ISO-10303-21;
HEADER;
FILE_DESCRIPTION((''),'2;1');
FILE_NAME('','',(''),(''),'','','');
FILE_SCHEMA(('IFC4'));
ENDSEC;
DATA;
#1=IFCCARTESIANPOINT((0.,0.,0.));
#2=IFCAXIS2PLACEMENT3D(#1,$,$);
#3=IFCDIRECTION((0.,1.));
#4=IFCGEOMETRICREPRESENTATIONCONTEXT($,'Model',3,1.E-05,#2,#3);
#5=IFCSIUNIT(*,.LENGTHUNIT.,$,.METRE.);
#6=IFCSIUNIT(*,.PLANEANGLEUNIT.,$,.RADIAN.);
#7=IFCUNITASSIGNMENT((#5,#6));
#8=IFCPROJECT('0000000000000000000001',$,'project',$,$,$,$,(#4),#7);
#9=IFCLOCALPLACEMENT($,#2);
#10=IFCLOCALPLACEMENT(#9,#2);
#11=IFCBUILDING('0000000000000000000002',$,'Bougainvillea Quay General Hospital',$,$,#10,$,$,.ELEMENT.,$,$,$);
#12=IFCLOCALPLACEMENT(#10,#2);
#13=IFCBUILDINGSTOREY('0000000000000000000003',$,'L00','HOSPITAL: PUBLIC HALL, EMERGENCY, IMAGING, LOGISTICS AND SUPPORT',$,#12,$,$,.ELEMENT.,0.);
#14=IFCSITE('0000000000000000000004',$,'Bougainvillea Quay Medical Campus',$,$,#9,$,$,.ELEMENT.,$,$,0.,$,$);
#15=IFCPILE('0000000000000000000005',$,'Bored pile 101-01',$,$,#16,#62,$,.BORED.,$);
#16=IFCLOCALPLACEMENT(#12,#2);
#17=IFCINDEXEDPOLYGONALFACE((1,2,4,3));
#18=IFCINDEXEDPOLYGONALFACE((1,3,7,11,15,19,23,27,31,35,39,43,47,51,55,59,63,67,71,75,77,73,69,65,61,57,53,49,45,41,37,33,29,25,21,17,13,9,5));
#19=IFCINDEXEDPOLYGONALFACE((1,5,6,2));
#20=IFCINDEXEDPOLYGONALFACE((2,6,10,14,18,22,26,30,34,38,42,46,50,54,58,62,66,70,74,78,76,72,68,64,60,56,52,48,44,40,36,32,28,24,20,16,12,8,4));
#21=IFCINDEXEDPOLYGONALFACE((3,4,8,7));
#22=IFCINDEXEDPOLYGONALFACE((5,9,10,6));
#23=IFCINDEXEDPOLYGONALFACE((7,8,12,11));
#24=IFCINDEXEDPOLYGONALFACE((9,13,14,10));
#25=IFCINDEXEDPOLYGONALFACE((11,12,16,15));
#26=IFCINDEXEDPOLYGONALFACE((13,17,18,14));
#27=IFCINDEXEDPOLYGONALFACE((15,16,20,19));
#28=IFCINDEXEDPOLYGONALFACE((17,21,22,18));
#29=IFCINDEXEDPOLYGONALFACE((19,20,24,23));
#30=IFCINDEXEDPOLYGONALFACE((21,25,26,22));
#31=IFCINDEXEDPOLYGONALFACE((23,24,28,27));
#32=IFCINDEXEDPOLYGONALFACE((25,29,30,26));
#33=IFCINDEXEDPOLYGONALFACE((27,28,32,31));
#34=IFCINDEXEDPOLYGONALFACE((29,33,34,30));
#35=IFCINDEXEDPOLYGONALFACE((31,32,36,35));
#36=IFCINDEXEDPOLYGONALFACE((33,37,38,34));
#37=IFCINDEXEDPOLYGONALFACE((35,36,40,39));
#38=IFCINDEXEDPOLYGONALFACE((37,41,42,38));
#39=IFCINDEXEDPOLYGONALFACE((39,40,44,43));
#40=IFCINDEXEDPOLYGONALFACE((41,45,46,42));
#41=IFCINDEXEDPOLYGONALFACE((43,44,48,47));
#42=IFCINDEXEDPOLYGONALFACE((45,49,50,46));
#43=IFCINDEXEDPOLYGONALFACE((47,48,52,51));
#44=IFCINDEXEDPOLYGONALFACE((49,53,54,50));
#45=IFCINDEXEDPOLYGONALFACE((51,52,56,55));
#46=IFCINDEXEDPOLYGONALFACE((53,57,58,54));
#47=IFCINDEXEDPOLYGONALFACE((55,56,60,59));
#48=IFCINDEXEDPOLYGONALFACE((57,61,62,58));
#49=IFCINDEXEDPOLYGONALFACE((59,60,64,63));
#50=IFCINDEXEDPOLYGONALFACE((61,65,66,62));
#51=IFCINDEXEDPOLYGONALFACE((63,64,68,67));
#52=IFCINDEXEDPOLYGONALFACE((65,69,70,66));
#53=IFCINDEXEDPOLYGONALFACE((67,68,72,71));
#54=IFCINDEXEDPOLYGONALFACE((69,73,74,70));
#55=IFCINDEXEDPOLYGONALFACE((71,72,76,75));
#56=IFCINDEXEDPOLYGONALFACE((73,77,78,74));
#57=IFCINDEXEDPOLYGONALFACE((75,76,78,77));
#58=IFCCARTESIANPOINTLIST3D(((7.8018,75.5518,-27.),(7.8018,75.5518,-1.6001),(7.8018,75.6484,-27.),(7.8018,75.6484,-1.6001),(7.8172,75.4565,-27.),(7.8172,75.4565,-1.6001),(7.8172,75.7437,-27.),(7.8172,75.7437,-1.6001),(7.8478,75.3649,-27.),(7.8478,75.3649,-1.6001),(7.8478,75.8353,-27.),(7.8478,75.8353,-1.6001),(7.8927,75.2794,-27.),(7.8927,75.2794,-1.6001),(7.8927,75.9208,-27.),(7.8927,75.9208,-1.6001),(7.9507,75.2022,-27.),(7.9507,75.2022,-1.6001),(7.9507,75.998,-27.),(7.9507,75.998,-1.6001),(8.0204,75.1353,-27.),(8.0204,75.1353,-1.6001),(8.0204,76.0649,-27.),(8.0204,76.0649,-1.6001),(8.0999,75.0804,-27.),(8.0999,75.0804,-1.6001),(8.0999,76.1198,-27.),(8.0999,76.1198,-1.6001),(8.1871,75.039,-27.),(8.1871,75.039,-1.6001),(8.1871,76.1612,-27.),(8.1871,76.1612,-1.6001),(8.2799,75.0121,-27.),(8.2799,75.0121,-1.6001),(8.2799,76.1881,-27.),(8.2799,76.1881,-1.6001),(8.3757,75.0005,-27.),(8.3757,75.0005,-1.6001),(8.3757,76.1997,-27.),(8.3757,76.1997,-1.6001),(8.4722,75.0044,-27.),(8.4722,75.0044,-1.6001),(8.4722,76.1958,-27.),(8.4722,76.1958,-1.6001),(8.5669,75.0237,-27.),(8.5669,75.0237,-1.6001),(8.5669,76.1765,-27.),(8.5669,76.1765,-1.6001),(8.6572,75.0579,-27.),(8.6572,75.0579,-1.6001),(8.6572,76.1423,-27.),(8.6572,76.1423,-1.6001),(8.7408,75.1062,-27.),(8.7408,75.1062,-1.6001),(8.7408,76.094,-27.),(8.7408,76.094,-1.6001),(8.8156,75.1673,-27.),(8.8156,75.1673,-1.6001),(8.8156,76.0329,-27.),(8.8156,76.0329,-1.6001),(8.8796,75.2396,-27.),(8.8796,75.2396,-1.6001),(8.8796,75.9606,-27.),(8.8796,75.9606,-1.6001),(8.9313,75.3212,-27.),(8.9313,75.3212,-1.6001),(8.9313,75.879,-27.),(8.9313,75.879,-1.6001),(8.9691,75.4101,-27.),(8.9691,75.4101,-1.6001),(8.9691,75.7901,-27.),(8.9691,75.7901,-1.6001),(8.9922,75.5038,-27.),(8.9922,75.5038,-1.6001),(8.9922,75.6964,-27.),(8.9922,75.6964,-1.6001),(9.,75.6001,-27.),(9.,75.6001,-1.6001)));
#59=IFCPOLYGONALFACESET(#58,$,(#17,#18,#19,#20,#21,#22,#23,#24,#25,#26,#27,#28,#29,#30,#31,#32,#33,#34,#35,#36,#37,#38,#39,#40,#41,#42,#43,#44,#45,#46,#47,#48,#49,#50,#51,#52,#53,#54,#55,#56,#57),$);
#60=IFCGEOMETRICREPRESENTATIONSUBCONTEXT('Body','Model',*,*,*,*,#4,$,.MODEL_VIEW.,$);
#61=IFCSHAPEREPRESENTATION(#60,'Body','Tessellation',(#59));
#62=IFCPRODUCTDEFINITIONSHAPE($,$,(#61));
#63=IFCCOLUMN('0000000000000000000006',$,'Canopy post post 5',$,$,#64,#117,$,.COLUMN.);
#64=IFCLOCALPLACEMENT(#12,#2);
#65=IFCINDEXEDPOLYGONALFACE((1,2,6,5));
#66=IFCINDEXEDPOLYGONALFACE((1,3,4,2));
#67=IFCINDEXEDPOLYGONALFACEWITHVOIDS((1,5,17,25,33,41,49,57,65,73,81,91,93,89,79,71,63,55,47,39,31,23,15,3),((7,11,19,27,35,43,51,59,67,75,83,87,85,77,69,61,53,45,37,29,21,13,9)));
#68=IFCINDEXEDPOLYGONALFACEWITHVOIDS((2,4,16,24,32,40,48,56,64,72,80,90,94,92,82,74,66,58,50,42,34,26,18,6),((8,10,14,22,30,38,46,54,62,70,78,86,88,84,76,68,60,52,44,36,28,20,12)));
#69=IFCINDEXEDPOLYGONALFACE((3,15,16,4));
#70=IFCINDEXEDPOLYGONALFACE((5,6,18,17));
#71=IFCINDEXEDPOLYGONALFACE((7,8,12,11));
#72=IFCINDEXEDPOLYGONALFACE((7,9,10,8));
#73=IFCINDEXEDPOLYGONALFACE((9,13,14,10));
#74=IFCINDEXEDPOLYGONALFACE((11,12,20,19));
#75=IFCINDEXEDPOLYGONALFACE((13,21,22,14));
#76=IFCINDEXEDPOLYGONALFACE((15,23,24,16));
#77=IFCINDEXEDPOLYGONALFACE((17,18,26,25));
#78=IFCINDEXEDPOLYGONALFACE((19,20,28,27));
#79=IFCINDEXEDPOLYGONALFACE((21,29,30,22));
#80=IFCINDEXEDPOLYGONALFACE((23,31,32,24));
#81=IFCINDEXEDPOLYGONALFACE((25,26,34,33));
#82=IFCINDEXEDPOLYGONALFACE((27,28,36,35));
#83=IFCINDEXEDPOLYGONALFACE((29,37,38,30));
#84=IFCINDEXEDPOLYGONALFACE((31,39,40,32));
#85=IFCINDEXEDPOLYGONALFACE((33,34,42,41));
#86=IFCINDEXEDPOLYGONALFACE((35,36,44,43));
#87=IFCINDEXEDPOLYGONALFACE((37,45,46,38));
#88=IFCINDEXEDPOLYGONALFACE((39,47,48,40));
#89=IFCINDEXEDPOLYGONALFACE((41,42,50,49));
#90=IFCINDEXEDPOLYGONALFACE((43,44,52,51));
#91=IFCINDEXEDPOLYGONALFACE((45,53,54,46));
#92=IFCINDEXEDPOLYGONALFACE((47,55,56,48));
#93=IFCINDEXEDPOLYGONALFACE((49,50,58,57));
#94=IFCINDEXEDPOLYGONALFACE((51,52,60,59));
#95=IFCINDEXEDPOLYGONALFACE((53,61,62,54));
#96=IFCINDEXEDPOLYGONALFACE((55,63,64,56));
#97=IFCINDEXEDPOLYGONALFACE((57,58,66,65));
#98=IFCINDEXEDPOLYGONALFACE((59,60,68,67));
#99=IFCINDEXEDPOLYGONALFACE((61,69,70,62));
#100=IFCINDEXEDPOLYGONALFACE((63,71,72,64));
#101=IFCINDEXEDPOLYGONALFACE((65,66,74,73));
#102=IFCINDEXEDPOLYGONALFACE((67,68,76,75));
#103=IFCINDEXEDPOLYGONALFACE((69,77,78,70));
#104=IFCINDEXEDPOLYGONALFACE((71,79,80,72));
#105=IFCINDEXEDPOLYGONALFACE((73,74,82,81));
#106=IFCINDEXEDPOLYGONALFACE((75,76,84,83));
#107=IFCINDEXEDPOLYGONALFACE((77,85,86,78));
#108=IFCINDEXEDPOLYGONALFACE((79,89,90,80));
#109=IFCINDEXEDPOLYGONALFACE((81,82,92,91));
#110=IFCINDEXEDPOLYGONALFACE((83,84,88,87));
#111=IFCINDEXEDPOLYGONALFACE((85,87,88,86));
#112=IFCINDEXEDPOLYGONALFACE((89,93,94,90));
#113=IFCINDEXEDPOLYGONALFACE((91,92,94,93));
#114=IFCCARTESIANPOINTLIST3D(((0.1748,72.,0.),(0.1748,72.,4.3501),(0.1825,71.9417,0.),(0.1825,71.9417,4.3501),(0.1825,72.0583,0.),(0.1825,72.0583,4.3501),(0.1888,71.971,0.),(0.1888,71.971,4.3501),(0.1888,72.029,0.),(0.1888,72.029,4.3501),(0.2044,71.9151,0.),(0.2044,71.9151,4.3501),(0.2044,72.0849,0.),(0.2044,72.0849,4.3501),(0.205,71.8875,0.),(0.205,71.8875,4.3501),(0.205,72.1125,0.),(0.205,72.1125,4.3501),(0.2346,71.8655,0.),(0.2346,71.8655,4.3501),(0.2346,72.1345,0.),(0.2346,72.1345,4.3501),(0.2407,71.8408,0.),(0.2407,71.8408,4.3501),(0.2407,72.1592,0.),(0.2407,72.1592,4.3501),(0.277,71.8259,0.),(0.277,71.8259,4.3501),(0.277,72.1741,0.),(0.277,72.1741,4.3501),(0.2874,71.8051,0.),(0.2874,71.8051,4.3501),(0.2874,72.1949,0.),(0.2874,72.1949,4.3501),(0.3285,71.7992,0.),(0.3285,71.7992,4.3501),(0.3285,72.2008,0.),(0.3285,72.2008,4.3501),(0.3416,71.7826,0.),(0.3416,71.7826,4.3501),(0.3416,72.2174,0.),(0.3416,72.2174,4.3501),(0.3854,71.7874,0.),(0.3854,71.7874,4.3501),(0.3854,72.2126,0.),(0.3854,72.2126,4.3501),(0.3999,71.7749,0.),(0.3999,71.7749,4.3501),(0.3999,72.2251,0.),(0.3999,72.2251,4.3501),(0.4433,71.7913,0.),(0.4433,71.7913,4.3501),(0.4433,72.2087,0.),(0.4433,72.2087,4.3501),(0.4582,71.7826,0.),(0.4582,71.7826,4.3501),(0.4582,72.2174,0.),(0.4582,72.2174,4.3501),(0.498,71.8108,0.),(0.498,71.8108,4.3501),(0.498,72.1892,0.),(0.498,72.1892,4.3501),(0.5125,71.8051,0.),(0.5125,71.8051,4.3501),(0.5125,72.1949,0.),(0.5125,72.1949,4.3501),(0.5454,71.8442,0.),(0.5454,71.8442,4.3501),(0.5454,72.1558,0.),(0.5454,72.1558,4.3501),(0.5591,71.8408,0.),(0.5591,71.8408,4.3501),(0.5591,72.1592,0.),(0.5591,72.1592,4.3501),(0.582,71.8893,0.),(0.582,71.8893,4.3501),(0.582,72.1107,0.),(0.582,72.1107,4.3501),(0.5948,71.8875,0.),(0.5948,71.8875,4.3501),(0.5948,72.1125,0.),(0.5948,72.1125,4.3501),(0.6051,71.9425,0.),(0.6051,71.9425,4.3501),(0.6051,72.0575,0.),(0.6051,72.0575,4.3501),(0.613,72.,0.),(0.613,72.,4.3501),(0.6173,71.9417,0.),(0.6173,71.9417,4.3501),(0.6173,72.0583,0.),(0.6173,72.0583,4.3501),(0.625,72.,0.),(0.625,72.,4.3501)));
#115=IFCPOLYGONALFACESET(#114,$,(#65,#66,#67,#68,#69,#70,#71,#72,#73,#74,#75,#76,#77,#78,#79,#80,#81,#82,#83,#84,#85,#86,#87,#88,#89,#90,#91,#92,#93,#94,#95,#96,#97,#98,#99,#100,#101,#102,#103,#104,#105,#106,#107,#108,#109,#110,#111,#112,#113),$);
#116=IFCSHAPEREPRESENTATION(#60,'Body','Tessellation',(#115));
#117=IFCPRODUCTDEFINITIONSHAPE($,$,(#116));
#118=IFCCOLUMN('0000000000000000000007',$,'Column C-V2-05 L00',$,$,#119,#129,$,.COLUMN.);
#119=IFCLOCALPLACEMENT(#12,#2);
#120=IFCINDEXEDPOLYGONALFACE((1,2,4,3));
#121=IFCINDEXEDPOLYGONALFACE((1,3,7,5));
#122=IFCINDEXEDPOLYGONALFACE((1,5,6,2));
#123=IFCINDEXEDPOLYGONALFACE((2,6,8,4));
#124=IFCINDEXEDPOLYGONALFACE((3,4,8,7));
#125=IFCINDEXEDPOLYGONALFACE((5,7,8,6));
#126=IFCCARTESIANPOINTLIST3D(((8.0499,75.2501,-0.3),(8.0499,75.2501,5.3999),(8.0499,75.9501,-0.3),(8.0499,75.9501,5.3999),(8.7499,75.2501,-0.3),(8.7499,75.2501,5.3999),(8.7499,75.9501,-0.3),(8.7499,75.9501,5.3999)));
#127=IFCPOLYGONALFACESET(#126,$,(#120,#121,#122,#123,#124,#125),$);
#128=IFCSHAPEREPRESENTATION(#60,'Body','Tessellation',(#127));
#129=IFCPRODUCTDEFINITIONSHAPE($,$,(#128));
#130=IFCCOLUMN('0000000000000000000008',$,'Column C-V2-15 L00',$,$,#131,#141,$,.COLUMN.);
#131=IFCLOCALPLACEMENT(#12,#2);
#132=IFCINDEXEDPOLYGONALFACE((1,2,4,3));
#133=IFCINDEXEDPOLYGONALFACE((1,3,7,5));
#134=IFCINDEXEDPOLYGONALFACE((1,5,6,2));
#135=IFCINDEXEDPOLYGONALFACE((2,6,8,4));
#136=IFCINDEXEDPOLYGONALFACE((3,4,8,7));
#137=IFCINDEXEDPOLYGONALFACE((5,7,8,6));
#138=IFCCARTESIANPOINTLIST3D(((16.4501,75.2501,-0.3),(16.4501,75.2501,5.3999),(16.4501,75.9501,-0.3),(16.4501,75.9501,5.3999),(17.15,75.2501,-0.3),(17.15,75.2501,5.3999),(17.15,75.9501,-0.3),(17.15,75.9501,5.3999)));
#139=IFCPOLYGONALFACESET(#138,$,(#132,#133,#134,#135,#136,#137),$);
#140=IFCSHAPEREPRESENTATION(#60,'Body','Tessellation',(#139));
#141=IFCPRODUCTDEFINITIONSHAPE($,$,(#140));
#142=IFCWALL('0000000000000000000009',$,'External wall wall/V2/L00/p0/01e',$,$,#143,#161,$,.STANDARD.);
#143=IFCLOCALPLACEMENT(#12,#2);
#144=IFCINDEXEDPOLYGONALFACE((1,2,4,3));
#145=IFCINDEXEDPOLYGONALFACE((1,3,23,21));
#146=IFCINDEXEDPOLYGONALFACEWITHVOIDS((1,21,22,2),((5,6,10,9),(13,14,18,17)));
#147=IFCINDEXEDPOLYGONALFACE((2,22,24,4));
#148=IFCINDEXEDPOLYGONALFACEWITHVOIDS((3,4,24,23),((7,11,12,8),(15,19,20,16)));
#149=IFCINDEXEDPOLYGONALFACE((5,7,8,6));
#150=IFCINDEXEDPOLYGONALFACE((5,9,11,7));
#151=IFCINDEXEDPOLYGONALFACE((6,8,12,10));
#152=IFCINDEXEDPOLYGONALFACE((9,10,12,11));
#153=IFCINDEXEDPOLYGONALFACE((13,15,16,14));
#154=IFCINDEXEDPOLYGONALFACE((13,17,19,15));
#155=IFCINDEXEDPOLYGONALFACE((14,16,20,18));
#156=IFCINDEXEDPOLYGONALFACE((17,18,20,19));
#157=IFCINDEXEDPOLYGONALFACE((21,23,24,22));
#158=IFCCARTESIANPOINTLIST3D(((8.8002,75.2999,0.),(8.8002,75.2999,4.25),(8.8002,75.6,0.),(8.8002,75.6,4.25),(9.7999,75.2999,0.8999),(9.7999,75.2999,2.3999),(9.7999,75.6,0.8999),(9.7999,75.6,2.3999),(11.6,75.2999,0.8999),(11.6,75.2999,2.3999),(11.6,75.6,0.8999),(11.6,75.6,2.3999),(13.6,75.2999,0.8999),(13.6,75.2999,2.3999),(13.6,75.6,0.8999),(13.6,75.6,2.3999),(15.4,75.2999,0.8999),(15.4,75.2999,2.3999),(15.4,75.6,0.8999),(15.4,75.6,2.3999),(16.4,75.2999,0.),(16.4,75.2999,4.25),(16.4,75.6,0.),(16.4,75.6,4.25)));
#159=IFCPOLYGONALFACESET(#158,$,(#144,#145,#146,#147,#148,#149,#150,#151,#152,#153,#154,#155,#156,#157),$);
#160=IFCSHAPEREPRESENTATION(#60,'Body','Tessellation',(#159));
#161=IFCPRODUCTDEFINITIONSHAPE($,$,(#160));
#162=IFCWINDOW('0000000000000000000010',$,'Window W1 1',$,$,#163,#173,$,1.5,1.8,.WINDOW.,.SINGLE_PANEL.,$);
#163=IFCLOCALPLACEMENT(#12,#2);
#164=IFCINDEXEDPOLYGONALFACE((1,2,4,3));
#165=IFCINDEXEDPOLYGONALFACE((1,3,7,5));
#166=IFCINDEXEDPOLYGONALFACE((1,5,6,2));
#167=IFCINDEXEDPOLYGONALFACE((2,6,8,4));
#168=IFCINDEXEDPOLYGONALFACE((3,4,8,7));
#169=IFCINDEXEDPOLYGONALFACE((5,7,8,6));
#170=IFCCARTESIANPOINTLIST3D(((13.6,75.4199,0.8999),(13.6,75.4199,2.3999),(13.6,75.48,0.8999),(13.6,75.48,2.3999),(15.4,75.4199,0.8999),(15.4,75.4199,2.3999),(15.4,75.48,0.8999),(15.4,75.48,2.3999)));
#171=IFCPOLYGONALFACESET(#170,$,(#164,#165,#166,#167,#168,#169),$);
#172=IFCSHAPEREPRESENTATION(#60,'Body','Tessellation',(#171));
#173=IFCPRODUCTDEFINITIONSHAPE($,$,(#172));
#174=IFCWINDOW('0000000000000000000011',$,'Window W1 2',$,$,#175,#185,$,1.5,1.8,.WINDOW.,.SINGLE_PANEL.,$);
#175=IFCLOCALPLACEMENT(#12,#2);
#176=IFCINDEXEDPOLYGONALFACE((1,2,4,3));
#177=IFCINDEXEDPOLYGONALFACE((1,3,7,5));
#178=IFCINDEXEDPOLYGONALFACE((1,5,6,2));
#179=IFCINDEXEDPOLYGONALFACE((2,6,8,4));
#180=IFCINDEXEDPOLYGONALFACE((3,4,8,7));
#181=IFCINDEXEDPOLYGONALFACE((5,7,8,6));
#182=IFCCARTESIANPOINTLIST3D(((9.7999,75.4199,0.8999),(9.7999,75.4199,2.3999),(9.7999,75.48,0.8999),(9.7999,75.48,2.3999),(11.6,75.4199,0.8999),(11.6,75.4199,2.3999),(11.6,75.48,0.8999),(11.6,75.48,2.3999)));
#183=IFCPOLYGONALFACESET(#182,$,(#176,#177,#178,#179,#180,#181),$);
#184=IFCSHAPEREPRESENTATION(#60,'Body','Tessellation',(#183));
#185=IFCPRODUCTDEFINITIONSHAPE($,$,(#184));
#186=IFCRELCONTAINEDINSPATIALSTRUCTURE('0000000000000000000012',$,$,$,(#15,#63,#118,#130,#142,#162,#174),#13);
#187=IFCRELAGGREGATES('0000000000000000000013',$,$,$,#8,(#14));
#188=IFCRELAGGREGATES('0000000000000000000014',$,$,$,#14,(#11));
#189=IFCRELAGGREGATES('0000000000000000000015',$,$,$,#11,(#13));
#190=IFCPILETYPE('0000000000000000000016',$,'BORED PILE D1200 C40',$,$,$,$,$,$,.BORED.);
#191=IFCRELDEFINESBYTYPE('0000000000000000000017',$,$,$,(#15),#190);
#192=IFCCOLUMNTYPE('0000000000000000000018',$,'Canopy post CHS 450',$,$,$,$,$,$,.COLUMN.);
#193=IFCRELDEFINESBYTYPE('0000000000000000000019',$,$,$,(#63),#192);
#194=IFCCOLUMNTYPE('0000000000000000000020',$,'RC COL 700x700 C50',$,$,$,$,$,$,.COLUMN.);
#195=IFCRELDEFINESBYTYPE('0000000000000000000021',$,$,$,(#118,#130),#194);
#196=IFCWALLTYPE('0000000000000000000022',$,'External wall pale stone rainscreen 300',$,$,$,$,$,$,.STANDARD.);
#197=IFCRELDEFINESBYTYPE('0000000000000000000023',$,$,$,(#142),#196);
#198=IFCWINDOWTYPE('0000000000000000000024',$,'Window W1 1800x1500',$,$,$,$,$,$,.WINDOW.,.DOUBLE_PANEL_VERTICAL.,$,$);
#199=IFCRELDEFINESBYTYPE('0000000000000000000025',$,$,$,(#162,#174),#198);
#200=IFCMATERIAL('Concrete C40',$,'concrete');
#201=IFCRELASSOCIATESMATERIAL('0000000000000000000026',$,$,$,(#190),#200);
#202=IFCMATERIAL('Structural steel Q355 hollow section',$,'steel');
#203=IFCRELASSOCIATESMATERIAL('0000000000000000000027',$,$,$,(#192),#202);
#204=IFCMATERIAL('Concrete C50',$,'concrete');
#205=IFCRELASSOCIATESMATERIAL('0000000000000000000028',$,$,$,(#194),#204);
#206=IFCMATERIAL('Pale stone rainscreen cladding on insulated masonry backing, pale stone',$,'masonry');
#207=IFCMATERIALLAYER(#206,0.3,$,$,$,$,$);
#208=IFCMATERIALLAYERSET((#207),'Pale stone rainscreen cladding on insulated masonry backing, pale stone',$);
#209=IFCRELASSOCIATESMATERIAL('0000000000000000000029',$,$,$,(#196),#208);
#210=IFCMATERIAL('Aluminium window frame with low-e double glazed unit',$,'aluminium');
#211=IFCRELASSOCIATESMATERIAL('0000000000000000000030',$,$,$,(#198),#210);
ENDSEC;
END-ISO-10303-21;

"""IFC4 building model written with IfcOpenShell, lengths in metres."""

from ifc_helpers import new_model, si_unit, direction, frame, frame_2d, origin, origin_2d, place, context, subcontext, project, spatial, rectangle, circle, hollow_circle, extrude, material, layer, layer_set, material_profile, profile_set, type_object, element, fill, save


model = new_model("IFC4")

# Units and contexts
model_context = context("Model", 3, precision=1e-05, world=origin(), true_north=direction((0.0, 1.0)))
body_context = subcontext(model_context, "Body", "Model", "MODEL_VIEW")
ifc_project = project(units=[si_unit("LENGTHUNIT", "METRE"), si_unit("PLANEANGLEUNIT", "RADIAN")], contexts=[model_context])

# Site, building, storey
site_placement = place(None, origin())
site = spatial("IfcSite", under=ifc_project, at=site_placement, Name="Bougainvillea Quay Medical Campus", CompositionType="ELEMENT", RefElevation=0.0)
building_placement = place(site_placement, origin())
building = spatial("IfcBuilding", under=site, at=building_placement, Name="Bougainvillea Quay General Hospital", CompositionType="ELEMENT")
storey_placement = place(building_placement, origin())
storey = spatial("IfcBuildingStorey", under=building, at=storey_placement, Name="L00", Description="HOSPITAL: PUBLIC HALL, EMERGENCY, IMAGING, LOGISTICS AND SUPPORT", CompositionType="ELEMENT", Elevation=0.0)

# Pile
ifc_material_1 = material(Name="Concrete C40", Category="concrete")
ifc_material_profile_1 = material_profile(ifc_material_1, circle(Radius=0.6001, at=origin_2d()))
ifc_profile_set_1 = profile_set([ifc_material_profile_1], Name="Concrete C40")
pile_type = type_object("IfcPileType", Name="BORED PILE D1200 C40", PredefinedType="BORED", material=ifc_profile_set_1)
pile_placement = place(storey_placement, frame((8.3999, 75.6001, -1.6001), z_axis=(0.0, 0.0, -1.0), x_axis=(1.0, 0.0, 0.0)))
element("IfcPile", 1, at=pile_placement, inside=storey, type_object=pile_type, Name="Bored pile 101-01", PredefinedType="BORED", context=body_context, shape_type="SweptSolid", body=[
    extrude(circle(Radius=0.6001, at=origin_2d()), origin(), (0.0, 0.0, 1.0), 25.3999),
])

# Columns
ifc_material_2 = material(Name="Structural steel Q355 hollow section", Category="steel")
ifc_material_profile_2 = material_profile(ifc_material_2, hollow_circle(Radius=0.2251, WallThickness=0.012, at=origin_2d()))
ifc_profile_set_2 = profile_set([ifc_material_profile_2], Name="Structural steel Q355 hollow section")
column_type_1 = type_object("IfcColumnType", Name="Canopy post CHS 450", PredefinedType="COLUMN", material=ifc_profile_set_2)
column_placement = place(storey_placement, frame((0.3999, 72.0, 0.0), z_axis=(0.0, 0.0, 1.0), x_axis=(1.0, 0.0, 0.0)))
element("IfcColumn", 2, at=column_placement, inside=storey, type_object=column_type_1, Name="Canopy post post 5", PredefinedType="COLUMN", context=body_context, shape_type="SweptSolid", body=[
    extrude(hollow_circle(Radius=0.2251, WallThickness=0.012, at=origin_2d()), origin(), (0.0, 0.0, 1.0), 4.3501),
])
ifc_material_3 = material(Name="Concrete C50", Category="concrete")
ifc_material_profile_3 = material_profile(ifc_material_3, rectangle(XDim=0.7, YDim=0.7, at=origin_2d()))
ifc_profile_set_3 = profile_set([ifc_material_profile_3], Name="Concrete C50")
column_type_2 = type_object("IfcColumnType", Name="RC COL 700x700 C50", PredefinedType="COLUMN", material=ifc_profile_set_3)
for number, where, z_axis, x_axis, name in (
    (3, (8.3999, 75.6001, -0.3), (0.0, 0.0, 1.0), (1.0, 0.0, 0.0), "Column C-V2-05 L00"),
    (4, (16.8, 75.6001, -0.3), (0.0, 0.0, 1.0), (1.0, 0.0, 0.0), "Column C-V2-15 L00"),
):
    element("IfcColumn", number, at=place(storey_placement, frame(where, z_axis=z_axis, x_axis=x_axis)), inside=storey, type_object=column_type_2, Name=name, PredefinedType="COLUMN", context=body_context, shape_type="SweptSolid", body=[
        extrude(rectangle(XDim=0.7, YDim=0.7, at=origin_2d()), origin(), (0.0, 0.0, 1.0), 5.7),
    ])

# Wall, openings, windows
ifc_material_4 = material(Name="Pale stone rainscreen cladding on insulated masonry backing, pale stone", Category="masonry")
ifc_layer_1 = layer(ifc_material_4, 0.3)
ifc_layer_set_1 = layer_set([ifc_layer_1], Name="Pale stone rainscreen cladding on insulated masonry backing, pale stone")
wall_type_1 = type_object("IfcWallType", Name="External wall pale stone rainscreen 300", PredefinedType="STANDARD", material=ifc_layer_set_1)
wall_1_placement = place(storey_placement, frame((16.3999, 75.45, 0.0), z_axis=(0.0, 0.0, 1.0), x_axis=(-1.0, 0.0, 0.0)))
wall_1 = element("IfcWall", 5, at=wall_1_placement, inside=storey, type_object=wall_type_1, Name="External wall wall/V2/L00/p0/01e", PredefinedType="STANDARD", context=body_context, shape_type="SweptSolid", body=[
    extrude(rectangle(XDim=7.5999, YDim=0.3, at=frame_2d((3.7998, 0.0))), origin(), (0.0, 0.0, 1.0), 4.25),
])
opening_1_placement = place(wall_1_placement, frame((1.0, 0.0, 0.8999)))
opening_1 = element("IfcOpeningElement", 6, at=opening_1_placement, cuts=wall_1, PredefinedType="OPENING", context=body_context, shape_type="SweptSolid", body=[
    extrude(rectangle(XDim=1.8, YDim=1.5, at=frame_2d((0.8999, 0.75))), frame((0.0, 0.1599, 0.0), z_axis=(0.0, -1.0, 0.0), x_axis=(1.0, 0.0, 0.0)), (0.0, 0.0, 1.0), 0.3201),
])
opening_2_placement = place(wall_1_placement, frame((4.8, 0.0, 0.8999)))
opening_2 = element("IfcOpeningElement", 7, at=opening_2_placement, cuts=wall_1, PredefinedType="OPENING", context=body_context, shape_type="SweptSolid", body=[
    extrude(rectangle(XDim=1.8, YDim=1.5, at=frame_2d((0.8999, 0.75))), frame((0.0, 0.1599, 0.0), z_axis=(0.0, -1.0, 0.0), x_axis=(1.0, 0.0, 0.0)), (0.0, 0.0, 1.0), 0.3201),
])
ifc_material_5 = material(Name="Aluminium window frame with low-e double glazed unit", Category="aluminium")
window_type = type_object("IfcWindowType", Name="Window W1 1800x1500", PartitioningType="DOUBLE_PANEL_VERTICAL", PredefinedType="WINDOW", material=ifc_material_5)
window_1_placement = place(opening_1_placement, origin())
window_1 = element("IfcWindow", 8, at=window_1_placement, inside=storey, type_object=window_type, Name="Window W1 1", OverallHeight=1.5, OverallWidth=1.8, PartitioningType="SINGLE_PANEL", PredefinedType="WINDOW", context=body_context, shape_type="SweptSolid", body=[
    extrude(rectangle(XDim=1.8, YDim=1.5, at=frame_2d((0.8999, 0.75))), frame((0.0, 0.03, 0.0), z_axis=(0.0, -1.0, 0.0), x_axis=(1.0, 0.0, 0.0)), (0.0, 0.0, 1.0), 0.0601),
])
fill(opening_1, window_1)
window_2_placement = place(opening_2_placement, origin())
window_2 = element("IfcWindow", 9, at=window_2_placement, inside=storey, type_object=window_type, Name="Window W1 2", OverallHeight=1.5, OverallWidth=1.8, PartitioningType="SINGLE_PANEL", PredefinedType="WINDOW", context=body_context, shape_type="SweptSolid", body=[
    extrude(rectangle(XDim=1.8, YDim=1.5, at=frame_2d((0.8999, 0.75))), frame((0.0, 0.03, 0.0), z_axis=(0.0, -1.0, 0.0), x_axis=(1.0, 0.0, 0.0)), (0.0, 0.0, 1.0), 0.0601),
])
fill(opening_2, window_2)

save(model, "model.ifc")
